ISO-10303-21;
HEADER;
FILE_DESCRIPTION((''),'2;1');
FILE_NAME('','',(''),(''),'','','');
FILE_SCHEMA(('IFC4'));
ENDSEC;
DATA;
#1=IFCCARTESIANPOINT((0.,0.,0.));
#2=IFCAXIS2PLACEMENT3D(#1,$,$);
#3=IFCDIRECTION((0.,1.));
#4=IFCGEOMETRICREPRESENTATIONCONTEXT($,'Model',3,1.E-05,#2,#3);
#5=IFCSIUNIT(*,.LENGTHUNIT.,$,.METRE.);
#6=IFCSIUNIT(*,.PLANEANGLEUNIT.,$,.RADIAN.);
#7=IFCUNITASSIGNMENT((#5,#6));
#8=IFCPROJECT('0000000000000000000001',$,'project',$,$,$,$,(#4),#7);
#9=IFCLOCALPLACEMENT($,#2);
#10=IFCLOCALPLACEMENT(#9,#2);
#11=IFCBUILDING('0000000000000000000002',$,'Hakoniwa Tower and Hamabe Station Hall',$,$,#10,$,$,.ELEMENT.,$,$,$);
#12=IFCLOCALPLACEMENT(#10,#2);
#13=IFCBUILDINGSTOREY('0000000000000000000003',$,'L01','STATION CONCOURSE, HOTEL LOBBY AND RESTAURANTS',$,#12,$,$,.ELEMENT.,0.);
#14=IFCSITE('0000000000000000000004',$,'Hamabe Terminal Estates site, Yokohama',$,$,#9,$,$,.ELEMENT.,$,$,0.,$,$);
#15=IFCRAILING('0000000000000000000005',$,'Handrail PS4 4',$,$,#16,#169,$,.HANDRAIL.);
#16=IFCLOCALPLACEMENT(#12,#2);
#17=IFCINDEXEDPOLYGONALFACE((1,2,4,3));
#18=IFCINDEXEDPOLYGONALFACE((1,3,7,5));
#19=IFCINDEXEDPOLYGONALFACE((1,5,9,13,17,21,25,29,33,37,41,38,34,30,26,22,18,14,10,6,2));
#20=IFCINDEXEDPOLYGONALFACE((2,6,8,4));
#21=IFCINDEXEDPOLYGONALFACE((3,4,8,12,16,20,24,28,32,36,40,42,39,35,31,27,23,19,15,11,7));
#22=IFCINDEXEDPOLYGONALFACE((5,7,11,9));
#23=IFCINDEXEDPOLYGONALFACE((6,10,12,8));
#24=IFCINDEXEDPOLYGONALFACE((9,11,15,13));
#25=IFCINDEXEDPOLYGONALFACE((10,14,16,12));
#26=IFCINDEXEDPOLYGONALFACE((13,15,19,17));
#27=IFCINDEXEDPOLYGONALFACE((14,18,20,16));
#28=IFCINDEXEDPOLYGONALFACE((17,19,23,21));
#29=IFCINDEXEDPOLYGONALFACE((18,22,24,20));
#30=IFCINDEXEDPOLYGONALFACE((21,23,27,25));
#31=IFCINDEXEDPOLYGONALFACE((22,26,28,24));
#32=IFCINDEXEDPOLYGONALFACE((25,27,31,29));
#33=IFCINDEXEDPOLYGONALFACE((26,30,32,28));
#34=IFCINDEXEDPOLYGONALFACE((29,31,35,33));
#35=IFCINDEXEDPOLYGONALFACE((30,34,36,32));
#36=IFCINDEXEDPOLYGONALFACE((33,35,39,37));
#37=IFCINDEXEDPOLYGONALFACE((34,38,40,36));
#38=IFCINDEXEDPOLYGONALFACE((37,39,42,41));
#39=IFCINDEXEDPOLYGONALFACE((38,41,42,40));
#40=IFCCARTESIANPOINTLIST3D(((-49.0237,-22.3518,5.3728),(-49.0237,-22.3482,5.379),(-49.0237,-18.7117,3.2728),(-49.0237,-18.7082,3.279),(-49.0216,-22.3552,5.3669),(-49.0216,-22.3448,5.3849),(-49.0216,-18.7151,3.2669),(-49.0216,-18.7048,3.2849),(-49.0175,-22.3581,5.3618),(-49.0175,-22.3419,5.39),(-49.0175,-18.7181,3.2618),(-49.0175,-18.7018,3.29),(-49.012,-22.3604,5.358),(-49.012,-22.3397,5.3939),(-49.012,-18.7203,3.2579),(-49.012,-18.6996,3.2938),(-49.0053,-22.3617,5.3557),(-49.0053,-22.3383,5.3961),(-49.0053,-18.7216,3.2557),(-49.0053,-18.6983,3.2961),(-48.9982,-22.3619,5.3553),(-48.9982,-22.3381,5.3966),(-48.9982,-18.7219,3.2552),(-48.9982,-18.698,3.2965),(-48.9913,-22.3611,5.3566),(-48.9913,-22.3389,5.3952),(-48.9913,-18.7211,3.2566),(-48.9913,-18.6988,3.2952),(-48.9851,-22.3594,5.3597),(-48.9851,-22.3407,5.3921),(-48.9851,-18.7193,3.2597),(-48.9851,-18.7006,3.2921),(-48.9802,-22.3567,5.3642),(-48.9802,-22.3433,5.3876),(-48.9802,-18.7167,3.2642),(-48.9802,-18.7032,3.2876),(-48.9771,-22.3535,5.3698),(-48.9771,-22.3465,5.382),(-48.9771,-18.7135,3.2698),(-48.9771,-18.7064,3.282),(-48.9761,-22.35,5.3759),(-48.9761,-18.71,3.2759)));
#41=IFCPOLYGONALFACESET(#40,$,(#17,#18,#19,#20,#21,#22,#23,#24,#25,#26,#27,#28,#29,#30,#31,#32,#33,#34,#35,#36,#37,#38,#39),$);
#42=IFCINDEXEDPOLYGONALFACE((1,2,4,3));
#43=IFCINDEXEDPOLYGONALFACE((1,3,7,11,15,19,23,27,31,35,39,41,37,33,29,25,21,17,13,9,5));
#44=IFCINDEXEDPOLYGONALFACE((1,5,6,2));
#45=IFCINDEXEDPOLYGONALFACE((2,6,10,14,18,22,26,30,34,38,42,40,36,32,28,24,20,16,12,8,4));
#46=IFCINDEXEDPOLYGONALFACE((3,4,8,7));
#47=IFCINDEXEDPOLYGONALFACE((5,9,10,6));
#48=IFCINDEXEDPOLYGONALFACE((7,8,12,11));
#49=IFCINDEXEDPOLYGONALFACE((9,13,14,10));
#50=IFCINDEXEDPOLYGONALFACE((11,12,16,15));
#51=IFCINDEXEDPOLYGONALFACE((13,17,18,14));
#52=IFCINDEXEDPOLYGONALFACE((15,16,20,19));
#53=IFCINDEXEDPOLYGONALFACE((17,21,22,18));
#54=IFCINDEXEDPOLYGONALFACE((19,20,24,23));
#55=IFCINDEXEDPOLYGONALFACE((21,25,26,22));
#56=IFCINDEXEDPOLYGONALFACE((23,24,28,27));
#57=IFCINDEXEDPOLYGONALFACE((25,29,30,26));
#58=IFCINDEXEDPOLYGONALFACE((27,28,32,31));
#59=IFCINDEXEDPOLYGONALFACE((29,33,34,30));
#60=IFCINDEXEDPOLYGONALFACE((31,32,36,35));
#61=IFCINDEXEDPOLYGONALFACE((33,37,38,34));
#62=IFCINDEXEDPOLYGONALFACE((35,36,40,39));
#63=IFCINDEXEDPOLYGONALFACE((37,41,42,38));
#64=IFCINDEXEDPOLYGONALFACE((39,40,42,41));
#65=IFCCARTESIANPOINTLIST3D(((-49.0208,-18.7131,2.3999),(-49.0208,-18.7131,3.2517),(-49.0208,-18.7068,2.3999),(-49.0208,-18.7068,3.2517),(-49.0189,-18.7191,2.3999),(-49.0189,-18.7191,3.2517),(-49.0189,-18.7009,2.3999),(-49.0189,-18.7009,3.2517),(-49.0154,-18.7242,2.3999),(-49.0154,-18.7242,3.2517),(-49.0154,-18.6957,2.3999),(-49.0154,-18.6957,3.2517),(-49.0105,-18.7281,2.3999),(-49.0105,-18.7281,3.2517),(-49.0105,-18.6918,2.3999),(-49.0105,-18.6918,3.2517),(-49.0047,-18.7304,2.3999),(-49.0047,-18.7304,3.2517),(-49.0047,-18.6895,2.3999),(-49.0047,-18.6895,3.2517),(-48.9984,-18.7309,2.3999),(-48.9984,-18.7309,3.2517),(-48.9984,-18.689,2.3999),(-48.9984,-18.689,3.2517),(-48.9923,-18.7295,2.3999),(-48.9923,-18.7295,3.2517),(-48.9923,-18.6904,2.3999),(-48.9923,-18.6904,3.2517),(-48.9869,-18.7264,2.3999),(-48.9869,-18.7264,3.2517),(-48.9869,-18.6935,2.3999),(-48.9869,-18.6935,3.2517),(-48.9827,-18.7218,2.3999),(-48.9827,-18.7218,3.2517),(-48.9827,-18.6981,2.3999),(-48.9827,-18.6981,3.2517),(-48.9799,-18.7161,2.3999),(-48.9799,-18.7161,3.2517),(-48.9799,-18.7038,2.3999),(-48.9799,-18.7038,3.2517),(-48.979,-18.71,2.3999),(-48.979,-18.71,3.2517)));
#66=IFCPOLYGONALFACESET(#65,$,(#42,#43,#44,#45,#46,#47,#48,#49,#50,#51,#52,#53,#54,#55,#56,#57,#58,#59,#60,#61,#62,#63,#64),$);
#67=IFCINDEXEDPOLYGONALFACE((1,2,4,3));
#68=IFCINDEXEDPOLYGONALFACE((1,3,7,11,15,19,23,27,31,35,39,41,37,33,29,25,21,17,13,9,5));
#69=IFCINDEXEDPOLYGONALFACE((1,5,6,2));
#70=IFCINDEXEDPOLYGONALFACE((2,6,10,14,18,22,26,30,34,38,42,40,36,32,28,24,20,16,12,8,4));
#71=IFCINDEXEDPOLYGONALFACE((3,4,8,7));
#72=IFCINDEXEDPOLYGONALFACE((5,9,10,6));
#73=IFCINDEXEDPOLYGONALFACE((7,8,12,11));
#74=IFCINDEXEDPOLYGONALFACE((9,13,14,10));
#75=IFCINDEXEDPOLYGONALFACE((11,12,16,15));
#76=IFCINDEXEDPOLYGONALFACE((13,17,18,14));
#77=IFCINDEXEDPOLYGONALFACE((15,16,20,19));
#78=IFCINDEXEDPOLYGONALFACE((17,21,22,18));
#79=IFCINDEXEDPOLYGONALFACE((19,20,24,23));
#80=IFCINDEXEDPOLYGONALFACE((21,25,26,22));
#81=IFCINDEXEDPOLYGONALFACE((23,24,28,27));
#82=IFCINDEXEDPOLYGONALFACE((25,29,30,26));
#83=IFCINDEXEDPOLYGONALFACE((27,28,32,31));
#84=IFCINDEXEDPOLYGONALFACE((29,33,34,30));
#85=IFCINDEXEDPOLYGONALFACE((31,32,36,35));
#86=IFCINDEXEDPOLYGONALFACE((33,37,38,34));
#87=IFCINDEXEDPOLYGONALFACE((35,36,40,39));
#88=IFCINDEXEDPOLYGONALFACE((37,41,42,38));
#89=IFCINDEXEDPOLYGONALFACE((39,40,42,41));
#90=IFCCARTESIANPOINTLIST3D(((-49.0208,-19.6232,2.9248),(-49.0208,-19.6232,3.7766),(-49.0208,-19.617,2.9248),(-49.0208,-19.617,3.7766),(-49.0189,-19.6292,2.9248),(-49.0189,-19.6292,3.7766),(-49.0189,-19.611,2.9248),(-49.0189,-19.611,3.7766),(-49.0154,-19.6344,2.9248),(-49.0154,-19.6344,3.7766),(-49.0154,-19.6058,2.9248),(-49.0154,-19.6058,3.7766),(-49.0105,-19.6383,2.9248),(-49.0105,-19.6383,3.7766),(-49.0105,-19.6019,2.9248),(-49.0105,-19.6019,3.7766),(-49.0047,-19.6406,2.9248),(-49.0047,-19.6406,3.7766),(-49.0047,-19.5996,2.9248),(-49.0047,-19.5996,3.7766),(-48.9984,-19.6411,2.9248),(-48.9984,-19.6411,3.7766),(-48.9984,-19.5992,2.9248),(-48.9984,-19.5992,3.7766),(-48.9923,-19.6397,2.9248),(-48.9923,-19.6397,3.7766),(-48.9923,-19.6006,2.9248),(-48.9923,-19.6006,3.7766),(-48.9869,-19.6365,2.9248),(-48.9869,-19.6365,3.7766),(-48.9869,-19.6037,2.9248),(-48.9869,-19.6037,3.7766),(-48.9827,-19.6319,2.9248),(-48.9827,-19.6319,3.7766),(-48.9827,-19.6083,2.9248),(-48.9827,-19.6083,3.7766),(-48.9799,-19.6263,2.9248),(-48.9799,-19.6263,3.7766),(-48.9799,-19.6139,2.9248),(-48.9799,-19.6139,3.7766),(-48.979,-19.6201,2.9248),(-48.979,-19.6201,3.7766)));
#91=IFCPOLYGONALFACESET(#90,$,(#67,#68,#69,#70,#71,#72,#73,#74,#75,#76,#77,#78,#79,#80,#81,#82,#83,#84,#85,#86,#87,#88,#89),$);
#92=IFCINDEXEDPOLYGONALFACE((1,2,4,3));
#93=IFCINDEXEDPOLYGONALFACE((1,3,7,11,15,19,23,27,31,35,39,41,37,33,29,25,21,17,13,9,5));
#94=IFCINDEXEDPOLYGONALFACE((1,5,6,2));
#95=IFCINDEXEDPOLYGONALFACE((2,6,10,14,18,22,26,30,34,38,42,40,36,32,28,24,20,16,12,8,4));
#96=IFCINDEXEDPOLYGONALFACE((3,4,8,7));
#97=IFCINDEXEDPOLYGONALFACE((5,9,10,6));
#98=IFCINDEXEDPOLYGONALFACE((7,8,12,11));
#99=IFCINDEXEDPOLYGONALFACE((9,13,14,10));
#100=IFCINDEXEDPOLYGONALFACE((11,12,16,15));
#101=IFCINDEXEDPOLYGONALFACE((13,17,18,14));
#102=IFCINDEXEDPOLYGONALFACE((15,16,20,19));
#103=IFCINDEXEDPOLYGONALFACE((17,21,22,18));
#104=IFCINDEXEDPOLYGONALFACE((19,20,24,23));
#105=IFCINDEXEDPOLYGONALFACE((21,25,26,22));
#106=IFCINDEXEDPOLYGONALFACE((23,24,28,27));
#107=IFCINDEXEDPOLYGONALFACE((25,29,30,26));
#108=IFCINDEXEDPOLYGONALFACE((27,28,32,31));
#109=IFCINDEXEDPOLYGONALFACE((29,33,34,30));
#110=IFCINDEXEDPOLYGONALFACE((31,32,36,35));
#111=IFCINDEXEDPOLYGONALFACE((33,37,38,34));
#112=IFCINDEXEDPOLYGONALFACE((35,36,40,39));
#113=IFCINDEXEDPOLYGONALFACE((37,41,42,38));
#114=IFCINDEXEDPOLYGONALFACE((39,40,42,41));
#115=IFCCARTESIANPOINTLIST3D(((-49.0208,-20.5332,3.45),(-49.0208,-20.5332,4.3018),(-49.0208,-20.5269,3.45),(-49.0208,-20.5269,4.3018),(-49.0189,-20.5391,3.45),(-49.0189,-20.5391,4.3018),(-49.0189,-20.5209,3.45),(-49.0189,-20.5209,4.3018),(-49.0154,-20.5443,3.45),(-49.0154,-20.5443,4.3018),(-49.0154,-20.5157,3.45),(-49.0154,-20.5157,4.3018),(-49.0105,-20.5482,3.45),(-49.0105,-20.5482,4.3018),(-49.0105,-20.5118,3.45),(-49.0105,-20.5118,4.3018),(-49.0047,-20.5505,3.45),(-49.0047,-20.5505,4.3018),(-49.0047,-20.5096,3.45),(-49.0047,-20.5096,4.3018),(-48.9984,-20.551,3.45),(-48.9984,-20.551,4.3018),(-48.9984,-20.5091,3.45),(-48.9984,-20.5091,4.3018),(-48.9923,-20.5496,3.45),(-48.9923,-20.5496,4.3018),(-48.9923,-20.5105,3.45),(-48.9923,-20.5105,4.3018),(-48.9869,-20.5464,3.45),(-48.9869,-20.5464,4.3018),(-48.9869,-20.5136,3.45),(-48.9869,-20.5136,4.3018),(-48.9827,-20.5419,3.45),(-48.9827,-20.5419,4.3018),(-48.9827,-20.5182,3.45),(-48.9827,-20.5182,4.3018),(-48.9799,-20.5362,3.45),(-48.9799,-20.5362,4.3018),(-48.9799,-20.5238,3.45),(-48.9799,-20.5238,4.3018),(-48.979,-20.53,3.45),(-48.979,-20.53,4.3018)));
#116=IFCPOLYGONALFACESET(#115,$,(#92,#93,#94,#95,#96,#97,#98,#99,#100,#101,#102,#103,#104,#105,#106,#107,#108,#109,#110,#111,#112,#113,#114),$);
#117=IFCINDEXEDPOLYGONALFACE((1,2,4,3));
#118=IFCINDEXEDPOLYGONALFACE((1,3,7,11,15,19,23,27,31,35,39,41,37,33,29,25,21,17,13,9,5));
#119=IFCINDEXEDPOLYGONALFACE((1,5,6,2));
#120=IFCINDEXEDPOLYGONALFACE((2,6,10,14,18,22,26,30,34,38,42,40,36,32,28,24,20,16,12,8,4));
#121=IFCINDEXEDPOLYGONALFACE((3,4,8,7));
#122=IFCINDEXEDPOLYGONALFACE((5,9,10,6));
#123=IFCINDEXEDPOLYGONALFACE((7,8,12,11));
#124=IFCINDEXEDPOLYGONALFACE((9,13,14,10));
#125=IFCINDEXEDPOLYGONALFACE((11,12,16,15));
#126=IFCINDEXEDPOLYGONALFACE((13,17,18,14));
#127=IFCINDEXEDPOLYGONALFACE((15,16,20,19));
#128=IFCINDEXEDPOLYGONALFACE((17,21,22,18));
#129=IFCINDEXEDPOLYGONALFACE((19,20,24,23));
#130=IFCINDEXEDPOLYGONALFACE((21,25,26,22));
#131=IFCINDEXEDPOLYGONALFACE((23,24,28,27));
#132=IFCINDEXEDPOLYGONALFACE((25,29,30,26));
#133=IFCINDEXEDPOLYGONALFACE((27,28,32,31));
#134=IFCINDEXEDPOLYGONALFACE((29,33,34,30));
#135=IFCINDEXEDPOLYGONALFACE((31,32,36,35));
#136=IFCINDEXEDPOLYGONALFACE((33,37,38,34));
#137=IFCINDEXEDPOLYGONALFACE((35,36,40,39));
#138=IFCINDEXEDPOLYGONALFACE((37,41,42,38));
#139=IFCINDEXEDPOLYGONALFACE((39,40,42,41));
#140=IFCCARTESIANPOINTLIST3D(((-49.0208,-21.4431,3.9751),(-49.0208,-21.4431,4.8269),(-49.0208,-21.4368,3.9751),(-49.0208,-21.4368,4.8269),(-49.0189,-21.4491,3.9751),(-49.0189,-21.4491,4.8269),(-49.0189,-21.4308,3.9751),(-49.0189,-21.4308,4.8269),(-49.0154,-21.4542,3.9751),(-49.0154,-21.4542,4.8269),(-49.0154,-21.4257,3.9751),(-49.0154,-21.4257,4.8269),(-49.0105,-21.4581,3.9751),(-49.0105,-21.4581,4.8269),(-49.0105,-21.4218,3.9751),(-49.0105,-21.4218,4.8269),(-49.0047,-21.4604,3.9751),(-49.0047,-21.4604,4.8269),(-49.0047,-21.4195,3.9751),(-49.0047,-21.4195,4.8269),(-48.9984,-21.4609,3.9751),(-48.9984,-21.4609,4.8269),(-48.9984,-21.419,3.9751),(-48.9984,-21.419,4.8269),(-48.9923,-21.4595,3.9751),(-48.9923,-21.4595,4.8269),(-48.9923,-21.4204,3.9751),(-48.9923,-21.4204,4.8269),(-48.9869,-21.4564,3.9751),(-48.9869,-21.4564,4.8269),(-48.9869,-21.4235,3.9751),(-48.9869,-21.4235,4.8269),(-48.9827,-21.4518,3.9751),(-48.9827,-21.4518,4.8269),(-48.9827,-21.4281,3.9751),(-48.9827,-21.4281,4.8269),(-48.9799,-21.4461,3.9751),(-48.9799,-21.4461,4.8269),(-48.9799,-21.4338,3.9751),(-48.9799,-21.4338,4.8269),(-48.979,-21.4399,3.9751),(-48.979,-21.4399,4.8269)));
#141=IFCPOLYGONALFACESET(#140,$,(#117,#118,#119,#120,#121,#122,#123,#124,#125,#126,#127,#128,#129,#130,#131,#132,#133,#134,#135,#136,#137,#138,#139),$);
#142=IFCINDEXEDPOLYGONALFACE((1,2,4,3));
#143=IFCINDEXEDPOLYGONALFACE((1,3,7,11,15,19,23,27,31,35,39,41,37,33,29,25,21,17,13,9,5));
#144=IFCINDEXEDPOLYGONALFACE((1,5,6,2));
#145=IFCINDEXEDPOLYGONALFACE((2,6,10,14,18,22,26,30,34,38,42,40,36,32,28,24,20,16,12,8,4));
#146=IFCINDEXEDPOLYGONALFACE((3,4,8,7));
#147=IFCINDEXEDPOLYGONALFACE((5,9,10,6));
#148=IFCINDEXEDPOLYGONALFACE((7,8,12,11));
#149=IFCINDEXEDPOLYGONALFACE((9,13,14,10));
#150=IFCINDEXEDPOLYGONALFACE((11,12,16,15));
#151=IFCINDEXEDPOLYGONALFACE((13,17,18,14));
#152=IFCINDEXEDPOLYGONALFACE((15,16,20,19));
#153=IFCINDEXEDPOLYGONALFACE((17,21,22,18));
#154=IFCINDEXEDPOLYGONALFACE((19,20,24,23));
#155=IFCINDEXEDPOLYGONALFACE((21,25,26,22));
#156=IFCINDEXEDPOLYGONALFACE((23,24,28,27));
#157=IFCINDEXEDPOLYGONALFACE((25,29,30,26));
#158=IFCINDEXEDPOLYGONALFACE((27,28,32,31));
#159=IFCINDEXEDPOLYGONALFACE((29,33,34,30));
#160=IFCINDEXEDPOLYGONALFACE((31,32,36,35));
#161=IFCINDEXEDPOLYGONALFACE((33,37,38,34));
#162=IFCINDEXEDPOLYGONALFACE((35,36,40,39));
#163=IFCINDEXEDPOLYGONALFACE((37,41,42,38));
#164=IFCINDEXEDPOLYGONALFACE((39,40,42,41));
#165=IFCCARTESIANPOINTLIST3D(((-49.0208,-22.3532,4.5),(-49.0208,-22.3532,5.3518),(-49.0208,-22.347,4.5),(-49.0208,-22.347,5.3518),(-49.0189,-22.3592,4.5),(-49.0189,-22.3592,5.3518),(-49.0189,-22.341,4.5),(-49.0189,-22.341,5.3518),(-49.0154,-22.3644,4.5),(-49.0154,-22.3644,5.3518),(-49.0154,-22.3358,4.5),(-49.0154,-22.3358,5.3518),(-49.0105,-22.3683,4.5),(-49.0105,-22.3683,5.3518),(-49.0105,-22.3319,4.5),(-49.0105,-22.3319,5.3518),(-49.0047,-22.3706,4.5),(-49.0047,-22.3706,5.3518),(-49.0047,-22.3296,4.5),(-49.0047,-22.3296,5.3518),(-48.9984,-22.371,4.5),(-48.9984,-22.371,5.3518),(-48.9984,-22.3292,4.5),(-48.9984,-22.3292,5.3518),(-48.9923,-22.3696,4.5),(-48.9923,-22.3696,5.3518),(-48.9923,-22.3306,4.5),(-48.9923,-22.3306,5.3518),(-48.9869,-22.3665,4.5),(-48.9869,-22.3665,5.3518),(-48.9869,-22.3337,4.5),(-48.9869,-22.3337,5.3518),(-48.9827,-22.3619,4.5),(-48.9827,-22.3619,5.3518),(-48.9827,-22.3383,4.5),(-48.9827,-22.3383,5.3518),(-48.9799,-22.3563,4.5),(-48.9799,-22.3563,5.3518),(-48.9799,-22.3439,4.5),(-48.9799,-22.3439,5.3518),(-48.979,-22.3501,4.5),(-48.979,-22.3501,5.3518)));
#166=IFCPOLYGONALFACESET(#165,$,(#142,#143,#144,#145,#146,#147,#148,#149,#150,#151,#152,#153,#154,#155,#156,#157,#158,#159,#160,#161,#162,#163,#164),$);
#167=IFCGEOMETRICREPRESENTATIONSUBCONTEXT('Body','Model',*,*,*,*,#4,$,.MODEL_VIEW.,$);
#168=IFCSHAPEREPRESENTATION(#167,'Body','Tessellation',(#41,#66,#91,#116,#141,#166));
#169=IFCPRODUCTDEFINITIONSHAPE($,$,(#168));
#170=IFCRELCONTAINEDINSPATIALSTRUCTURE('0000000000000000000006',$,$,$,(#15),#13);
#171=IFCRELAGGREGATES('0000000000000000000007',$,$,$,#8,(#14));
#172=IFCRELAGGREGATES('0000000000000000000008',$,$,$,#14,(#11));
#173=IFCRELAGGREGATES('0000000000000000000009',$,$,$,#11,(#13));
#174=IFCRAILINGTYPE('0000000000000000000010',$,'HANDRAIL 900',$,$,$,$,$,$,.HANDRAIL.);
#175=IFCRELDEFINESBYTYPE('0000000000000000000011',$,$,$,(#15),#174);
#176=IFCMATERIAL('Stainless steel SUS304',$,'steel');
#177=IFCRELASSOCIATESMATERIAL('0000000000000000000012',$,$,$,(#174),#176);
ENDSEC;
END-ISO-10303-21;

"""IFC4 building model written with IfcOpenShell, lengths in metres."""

from ifc_helpers import new_model, si_unit, direction, frame, origin, origin_2d, place, context, subcontext, project, spatial, circle, extrude, material, type_object, element, save


model = new_model("IFC4")

# Units and contexts
model_context = context("Model", 3, precision=1e-05, world=origin(), true_north=direction((0.0, 1.0)))
body_context = subcontext(model_context, "Body", "Model", "MODEL_VIEW")
ifc_project = project(units=[si_unit("LENGTHUNIT", "METRE"), si_unit("PLANEANGLEUNIT", "RADIAN")], contexts=[model_context])

# Site, building, storey
site_placement = place(None, origin())
site = spatial("IfcSite", under=ifc_project, at=site_placement, Name="Hamabe Terminal Estates site, Yokohama", CompositionType="ELEMENT", RefElevation=0.0)
building_placement = place(site_placement, origin())
building = spatial("IfcBuilding", under=site, at=building_placement, Name="Hakoniwa Tower and Hamabe Station Hall", CompositionType="ELEMENT")
storey_placement = place(building_placement, origin())
storey = spatial("IfcBuildingStorey", under=building, at=storey_placement, Name="L01", Description="STATION CONCOURSE, HOTEL LOBBY AND RESTAURANTS", CompositionType="ELEMENT", Elevation=0.0)

# Railing
ifc_material_1 = material(Name="Stainless steel SUS304", Category="steel")
railing_type = type_object("IfcRailingType", Name="HANDRAIL 900", PredefinedType="HANDRAIL", material=ifc_material_1)
for number, where, name in (
    (1, (-49.0, -18.71, 2.3999), "Handrail PS4 4"),
):
    element("IfcRailing", number, at=place(storey_placement, frame(where)), inside=storey, type_object=railing_type, Name=name, PredefinedType="HANDRAIL", context=body_context, shape_type="SweptSolid", body=[
        extrude(circle(Radius=0.0239, at=origin_2d()), frame((0.0, 0.0, 0.876), z_axis=(0.0, -0.866184, 0.499726), x_axis=(1.0, 0.0, 0.0)), (0.0, 0.0, 1.0), 4.2024),
        extrude(circle(Radius=0.021, at=origin_2d()), origin(), (0.0, 0.0, 1.0), 0.8518),
        extrude(circle(Radius=0.021, at=origin_2d()), frame((0.0, -0.9102, 0.5249)), (0.0, 0.0, 1.0), 0.8518),
        extrude(circle(Radius=0.021, at=origin_2d()), frame((0.0, -1.8201, 1.05)), (0.0, 0.0, 1.0), 0.8518),
        extrude(circle(Radius=0.021, at=origin_2d()), frame((0.0, -2.73, 1.5752)), (0.0, 0.0, 1.0), 0.8518),
        extrude(circle(Radius=0.021, at=origin_2d()), frame((0.0, -3.6401, 2.1001)), (0.0, 0.0, 1.0), 0.8518),
    ])

save(model, "model.ifc")
